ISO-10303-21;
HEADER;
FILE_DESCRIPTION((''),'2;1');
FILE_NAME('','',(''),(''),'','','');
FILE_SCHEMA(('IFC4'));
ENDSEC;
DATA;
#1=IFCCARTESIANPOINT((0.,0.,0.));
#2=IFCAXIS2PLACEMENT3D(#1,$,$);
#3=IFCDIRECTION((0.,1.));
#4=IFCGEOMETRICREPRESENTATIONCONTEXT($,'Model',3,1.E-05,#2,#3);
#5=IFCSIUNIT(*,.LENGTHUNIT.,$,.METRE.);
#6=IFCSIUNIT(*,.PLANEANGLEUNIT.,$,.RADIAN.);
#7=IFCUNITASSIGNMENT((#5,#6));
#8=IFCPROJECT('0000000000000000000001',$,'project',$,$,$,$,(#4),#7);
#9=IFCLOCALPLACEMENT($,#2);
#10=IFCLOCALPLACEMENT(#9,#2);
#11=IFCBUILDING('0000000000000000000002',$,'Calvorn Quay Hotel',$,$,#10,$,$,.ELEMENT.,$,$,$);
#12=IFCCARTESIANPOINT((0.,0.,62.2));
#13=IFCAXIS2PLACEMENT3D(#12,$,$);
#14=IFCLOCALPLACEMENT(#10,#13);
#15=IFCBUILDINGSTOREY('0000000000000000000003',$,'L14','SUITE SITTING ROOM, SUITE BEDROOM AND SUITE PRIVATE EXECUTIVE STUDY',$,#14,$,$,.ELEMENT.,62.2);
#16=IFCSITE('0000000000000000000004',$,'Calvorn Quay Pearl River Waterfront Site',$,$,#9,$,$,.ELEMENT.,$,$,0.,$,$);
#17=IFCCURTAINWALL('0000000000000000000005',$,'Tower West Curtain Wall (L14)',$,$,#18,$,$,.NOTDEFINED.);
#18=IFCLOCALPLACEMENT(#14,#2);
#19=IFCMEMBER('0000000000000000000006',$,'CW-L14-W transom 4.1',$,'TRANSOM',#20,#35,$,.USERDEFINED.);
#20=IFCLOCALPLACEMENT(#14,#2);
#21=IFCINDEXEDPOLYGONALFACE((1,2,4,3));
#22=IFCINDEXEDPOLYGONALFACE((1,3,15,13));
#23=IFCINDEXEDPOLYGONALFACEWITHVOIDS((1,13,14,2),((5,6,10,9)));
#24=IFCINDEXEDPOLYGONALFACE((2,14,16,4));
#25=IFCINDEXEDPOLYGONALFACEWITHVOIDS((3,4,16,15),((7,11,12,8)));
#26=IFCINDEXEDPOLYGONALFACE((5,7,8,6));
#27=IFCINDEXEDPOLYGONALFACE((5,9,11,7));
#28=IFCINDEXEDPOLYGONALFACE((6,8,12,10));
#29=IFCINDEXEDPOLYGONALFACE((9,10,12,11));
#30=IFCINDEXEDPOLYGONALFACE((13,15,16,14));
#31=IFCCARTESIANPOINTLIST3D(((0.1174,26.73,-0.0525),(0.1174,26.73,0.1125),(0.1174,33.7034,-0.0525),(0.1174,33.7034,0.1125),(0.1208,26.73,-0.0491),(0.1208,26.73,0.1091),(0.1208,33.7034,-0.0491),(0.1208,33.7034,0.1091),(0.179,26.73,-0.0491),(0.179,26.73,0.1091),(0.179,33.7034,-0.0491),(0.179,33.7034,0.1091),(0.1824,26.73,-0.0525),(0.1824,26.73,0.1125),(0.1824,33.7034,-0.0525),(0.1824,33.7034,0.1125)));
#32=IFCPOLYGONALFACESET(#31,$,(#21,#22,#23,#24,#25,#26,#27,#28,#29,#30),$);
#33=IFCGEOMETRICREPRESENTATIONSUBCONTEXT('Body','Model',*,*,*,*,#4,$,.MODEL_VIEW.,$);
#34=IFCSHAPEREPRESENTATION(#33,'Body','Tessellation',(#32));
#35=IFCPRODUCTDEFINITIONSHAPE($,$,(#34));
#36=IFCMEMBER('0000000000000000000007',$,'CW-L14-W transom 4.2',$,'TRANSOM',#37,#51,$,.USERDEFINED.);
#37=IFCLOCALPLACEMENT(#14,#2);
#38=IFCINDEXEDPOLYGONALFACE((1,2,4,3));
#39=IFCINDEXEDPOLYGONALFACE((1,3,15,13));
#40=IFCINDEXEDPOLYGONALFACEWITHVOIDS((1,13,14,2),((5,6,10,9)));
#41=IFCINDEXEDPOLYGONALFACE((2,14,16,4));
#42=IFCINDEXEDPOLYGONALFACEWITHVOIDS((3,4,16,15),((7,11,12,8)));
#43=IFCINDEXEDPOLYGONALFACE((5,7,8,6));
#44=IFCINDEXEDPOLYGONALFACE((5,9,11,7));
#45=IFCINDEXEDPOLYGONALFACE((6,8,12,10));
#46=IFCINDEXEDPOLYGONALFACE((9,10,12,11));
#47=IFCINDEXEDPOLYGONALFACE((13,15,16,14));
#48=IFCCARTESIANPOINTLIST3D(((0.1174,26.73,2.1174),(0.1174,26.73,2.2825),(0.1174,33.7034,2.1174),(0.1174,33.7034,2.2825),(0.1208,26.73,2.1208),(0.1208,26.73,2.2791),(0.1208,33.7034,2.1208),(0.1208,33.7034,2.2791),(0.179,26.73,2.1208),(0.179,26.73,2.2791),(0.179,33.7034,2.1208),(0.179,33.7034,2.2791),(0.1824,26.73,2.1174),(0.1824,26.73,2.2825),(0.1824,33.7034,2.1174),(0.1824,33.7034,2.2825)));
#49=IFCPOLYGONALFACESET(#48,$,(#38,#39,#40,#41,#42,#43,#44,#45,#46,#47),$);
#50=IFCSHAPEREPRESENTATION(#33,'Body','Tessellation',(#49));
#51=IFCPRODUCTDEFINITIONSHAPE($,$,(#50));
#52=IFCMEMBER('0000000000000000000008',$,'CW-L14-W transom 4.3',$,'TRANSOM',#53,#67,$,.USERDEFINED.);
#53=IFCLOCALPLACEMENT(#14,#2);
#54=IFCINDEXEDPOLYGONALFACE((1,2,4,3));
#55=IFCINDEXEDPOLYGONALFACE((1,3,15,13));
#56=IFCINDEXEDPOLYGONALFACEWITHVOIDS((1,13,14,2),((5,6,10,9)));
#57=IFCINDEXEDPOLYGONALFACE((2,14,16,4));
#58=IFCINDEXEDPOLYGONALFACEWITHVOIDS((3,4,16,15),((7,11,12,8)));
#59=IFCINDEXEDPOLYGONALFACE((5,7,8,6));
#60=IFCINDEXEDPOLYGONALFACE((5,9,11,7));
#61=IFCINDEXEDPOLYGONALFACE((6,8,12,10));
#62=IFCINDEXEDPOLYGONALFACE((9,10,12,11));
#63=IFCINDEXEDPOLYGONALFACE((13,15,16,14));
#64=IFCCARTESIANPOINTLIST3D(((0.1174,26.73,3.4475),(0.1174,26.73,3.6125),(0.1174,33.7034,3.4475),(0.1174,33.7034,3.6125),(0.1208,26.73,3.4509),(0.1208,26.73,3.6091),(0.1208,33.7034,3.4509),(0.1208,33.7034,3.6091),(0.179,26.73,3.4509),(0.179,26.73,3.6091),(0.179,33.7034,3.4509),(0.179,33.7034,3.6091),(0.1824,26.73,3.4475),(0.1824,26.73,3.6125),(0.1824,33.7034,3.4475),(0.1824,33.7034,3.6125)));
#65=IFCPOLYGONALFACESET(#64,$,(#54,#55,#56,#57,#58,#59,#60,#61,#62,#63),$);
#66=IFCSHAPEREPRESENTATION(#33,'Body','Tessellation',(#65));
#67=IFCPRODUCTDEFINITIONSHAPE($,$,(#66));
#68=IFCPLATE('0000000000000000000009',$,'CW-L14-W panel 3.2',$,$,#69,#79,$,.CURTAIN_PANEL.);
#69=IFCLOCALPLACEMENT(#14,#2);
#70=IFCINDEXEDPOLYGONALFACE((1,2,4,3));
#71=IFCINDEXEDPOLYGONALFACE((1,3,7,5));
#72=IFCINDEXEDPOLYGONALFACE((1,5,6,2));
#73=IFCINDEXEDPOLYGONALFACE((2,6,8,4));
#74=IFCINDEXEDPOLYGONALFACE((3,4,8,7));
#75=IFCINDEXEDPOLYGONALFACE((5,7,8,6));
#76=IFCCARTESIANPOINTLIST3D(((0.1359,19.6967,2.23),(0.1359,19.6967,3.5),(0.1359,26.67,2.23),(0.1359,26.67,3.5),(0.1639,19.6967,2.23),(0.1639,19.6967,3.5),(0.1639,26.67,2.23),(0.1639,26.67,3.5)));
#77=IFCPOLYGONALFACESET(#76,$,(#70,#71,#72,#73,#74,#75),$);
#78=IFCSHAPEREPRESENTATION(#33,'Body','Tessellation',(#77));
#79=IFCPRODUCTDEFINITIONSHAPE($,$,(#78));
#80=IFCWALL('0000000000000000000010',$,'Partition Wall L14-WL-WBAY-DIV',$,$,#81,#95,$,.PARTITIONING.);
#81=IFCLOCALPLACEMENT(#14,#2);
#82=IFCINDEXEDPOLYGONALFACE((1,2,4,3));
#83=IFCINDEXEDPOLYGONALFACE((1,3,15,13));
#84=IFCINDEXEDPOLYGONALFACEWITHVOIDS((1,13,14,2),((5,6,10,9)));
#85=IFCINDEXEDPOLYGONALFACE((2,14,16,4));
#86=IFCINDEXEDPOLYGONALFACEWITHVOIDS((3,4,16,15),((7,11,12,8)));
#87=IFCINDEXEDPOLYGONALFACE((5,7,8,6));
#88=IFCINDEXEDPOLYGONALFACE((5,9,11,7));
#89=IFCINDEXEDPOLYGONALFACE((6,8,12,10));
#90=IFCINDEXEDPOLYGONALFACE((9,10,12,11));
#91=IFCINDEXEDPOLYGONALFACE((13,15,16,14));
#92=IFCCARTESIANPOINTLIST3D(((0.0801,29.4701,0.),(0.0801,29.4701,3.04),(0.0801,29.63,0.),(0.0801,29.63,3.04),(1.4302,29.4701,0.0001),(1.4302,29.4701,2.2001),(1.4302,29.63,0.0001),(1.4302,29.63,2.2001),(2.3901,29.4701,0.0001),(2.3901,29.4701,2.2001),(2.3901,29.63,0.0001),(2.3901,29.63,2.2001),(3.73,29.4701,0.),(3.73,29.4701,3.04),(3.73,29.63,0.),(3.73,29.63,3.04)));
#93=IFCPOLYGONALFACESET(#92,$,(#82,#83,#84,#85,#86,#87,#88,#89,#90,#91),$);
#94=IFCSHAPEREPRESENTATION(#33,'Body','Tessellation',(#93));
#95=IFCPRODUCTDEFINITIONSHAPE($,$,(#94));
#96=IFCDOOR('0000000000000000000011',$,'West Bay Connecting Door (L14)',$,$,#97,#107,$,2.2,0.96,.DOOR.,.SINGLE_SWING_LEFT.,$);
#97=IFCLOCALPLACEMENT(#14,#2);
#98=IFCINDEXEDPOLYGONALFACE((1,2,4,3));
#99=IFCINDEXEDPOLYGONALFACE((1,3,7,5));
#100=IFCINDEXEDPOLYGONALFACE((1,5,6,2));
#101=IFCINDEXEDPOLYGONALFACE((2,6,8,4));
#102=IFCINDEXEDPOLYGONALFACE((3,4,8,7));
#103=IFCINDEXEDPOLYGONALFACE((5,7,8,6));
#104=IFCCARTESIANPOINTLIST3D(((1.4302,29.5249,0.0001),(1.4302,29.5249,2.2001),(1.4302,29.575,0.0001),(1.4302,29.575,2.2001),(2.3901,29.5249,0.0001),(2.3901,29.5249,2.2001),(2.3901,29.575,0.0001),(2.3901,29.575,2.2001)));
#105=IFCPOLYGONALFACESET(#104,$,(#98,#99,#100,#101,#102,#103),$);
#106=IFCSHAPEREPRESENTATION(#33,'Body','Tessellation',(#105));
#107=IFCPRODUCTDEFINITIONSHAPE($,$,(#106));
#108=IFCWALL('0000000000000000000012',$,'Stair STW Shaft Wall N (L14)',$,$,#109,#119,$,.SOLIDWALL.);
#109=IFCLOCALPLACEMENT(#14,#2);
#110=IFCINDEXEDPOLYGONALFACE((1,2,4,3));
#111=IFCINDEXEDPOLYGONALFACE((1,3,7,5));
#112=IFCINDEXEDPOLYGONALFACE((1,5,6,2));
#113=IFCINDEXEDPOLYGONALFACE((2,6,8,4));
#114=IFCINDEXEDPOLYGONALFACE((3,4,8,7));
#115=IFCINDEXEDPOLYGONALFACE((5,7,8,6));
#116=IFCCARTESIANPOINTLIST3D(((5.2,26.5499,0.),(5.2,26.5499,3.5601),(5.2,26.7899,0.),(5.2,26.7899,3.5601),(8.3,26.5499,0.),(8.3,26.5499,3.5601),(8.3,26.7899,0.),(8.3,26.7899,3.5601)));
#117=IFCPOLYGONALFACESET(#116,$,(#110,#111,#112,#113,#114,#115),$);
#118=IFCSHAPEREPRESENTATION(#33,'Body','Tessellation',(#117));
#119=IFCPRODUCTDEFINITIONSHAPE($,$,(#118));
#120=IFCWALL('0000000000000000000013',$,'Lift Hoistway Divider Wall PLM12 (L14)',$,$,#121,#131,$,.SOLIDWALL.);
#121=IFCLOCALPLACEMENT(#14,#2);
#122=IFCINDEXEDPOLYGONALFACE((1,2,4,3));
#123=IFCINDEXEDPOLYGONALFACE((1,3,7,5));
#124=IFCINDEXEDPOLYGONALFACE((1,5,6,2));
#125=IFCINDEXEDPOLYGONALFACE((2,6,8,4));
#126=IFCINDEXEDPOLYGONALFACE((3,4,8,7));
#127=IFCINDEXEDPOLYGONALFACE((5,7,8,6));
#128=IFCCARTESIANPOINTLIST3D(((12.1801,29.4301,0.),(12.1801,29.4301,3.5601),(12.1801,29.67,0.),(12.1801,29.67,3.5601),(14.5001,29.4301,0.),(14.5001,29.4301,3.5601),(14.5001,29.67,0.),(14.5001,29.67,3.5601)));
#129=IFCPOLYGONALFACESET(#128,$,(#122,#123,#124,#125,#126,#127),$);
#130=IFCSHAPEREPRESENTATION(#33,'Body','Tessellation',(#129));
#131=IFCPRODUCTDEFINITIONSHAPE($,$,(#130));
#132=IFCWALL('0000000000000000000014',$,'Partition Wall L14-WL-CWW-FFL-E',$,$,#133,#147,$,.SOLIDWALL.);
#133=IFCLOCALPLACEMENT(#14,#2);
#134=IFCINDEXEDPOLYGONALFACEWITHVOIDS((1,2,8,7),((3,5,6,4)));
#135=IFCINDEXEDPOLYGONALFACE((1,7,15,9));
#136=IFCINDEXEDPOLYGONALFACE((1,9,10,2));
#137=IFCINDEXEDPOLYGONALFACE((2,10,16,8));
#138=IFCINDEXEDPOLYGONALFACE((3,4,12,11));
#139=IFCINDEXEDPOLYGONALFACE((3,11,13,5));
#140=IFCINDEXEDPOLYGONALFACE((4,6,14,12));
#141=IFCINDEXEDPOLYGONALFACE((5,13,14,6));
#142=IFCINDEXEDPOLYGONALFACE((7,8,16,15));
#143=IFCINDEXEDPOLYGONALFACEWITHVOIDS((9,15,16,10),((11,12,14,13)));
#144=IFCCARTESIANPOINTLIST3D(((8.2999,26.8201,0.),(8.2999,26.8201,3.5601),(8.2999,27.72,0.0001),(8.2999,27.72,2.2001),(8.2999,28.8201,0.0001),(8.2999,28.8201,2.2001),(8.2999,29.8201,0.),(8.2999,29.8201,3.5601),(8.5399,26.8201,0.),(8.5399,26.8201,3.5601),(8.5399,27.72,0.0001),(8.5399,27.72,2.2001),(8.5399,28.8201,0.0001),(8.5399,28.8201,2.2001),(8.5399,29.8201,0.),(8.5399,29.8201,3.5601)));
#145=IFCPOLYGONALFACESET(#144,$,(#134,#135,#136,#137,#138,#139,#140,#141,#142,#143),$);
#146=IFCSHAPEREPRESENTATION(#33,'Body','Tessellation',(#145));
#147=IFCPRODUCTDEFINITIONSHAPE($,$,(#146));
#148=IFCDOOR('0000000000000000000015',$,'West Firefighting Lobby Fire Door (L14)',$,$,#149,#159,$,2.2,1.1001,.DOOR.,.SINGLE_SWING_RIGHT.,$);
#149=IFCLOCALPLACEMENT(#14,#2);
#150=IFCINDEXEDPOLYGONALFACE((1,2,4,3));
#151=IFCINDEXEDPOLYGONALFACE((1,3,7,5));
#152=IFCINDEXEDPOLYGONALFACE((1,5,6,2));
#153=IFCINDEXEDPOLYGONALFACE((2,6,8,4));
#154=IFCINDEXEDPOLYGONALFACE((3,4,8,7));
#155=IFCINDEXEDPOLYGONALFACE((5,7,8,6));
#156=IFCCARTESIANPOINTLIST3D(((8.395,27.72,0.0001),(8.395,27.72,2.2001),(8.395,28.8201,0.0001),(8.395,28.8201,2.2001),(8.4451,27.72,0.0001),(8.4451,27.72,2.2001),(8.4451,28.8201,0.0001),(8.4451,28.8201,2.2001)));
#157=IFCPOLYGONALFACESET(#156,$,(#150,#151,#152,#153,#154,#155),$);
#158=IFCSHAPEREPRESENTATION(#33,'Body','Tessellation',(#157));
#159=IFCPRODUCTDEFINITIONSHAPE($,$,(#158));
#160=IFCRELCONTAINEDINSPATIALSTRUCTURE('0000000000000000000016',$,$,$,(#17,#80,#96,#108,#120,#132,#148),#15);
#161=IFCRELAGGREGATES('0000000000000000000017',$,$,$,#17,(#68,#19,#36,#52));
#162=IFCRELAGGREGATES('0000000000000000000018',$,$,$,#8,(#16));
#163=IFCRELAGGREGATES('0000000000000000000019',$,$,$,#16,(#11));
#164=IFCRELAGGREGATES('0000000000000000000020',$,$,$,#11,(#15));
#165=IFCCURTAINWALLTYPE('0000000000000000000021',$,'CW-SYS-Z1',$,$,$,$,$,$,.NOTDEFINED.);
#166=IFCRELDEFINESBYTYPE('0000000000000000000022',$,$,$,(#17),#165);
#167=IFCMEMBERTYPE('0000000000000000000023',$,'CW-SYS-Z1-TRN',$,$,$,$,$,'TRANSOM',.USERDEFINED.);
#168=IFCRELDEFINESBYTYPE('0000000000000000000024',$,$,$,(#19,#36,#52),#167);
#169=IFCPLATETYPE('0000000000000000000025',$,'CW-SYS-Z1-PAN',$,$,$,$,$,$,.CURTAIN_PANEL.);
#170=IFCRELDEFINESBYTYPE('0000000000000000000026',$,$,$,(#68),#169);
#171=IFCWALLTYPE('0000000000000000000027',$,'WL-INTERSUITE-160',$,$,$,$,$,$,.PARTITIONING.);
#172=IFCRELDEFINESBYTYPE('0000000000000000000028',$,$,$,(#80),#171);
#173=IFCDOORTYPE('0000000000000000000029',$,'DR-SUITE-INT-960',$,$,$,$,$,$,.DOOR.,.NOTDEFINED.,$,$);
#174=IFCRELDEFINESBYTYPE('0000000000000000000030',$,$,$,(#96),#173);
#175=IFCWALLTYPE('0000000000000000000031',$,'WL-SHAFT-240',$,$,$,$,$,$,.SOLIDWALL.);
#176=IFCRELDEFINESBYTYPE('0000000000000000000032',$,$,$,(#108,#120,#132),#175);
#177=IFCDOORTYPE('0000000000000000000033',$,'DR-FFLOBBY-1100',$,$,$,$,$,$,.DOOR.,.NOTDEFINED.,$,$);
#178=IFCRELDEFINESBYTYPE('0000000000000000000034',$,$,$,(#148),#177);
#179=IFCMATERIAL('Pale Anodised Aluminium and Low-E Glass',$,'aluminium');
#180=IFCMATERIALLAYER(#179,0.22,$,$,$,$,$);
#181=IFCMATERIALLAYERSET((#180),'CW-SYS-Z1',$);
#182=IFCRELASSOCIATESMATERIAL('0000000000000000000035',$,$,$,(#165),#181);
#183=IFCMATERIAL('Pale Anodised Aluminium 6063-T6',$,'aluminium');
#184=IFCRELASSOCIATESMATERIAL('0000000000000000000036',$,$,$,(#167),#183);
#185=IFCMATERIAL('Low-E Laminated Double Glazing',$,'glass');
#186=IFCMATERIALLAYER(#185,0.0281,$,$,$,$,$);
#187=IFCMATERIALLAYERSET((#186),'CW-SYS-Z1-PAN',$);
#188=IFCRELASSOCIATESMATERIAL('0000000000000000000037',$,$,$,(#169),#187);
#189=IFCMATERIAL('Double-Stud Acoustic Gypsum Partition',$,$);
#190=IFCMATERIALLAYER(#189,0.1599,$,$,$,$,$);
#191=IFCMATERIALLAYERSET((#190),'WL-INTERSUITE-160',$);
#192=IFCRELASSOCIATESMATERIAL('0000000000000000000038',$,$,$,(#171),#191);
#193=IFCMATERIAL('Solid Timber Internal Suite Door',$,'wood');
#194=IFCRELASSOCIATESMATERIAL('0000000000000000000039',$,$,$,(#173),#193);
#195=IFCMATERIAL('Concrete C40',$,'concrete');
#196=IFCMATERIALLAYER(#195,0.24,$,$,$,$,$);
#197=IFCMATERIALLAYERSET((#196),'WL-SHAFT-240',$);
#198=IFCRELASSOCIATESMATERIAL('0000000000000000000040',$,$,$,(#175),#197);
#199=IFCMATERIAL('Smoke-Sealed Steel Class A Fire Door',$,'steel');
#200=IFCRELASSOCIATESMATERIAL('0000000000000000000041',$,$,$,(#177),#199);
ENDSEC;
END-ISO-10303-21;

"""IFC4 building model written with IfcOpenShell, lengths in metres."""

from ifc_helpers import new_model, si_unit, direction, frame, frame_2d, origin, origin_2d, place, context, subcontext, project, spatial, rectangle, hollow_rectangle, extrude, material, layer, layer_set, material_profile, profile_set, type_object, element, fill, aggregate, save


model = new_model("IFC4")

# Units and contexts
model_context = context("Model", 3, precision=1e-05, world=origin(), true_north=direction((0.0, 1.0)))
body_context = subcontext(model_context, "Body", "Model", "MODEL_VIEW")
ifc_project = project(units=[si_unit("LENGTHUNIT", "METRE"), si_unit("PLANEANGLEUNIT", "RADIAN")], contexts=[model_context])

# Site, building, storey
site_placement = place(None, origin())
site = spatial("IfcSite", under=ifc_project, at=site_placement, Name="Calvorn Quay Pearl River Waterfront Site", CompositionType="ELEMENT", RefElevation=0.0)
building_placement = place(site_placement, origin())
building = spatial("IfcBuilding", under=site, at=building_placement, Name="Calvorn Quay Hotel", CompositionType="ELEMENT")
storey_placement = place(building_placement, frame((0.0, 0.0, 62.2)))
storey = spatial("IfcBuildingStorey", under=building, at=storey_placement, Name="L14", Description="SUITE SITTING ROOM, SUITE BEDROOM AND SUITE PRIVATE EXECUTIVE STUDY", CompositionType="ELEMENT", Elevation=62.2)

# Curtain wall, members, plate
ifc_material_1 = material(Name="Pale Anodised Aluminium and Low-E Glass", Category="aluminium")
ifc_layer_1 = layer(ifc_material_1, 0.22)
ifc_layer_set_1 = layer_set([ifc_layer_1], Name="CW-SYS-Z1")
curtain_wall_type = type_object("IfcCurtainWallType", Name="CW-SYS-Z1", PredefinedType="NOTDEFINED", material=ifc_layer_set_1)
curtain_wall_placement = place(storey_placement, origin())
curtain_wall = element("IfcCurtainWall", 1, at=curtain_wall_placement, inside=storey, type_object=curtain_wall_type, Name="Tower West Curtain Wall (L14)", PredefinedType="NOTDEFINED")
ifc_material_2 = material(Name="Pale Anodised Aluminium 6063-T6", Category="aluminium")
ifc_material_profile_1 = material_profile(ifc_material_2, hollow_rectangle(XDim=0.0649, YDim=0.165, WallThickness=0.0034, at=origin_2d()), Name="ALU-T165x65x3.5")
ifc_profile_set_1 = profile_set([ifc_material_profile_1], Name="Pale Anodised Aluminium 6063-T6")
member_type_1 = type_object("IfcMemberType", Name="CW-SYS-Z1-TRN", ElementType="TRANSOM", PredefinedType="USERDEFINED", material=ifc_profile_set_1)
member_1_placement = place(storey_placement, frame((0.1499, 26.73, 0.03), z_axis=(0.0, 1.0, 0.0), x_axis=(-1.0, 0.0, 0.0)))
member_1 = element("IfcMember", 2, at=member_1_placement, type_object=member_type_1, Name="CW-L14-W transom 4.1", ObjectType="TRANSOM", PredefinedType="USERDEFINED", context=body_context, shape_type="SweptSolid", body=[
    extrude(hollow_rectangle(XDim=0.0649, YDim=0.165, WallThickness=0.0034, at=origin_2d()), origin(), (0.0, 0.0, 1.0), 6.9734),
])
member_2_placement = place(storey_placement, frame((0.1499, 26.73, 2.2), z_axis=(0.0, 1.0, 0.0), x_axis=(-1.0, 0.0, 0.0)))
member_2 = element("IfcMember", 3, at=member_2_placement, type_object=member_type_1, Name="CW-L14-W transom 4.2", ObjectType="TRANSOM", PredefinedType="USERDEFINED", context=body_context, shape_type="SweptSolid", body=[
    extrude(hollow_rectangle(XDim=0.0649, YDim=0.165, WallThickness=0.0034, at=origin_2d()), origin(), (0.0, 0.0, 1.0), 6.9734),
])
member_3_placement = place(storey_placement, frame((0.1499, 26.73, 3.53), z_axis=(0.0, 1.0, 0.0), x_axis=(-1.0, 0.0, 0.0)))
member_3 = element("IfcMember", 4, at=member_3_placement, type_object=member_type_1, Name="CW-L14-W transom 4.3", ObjectType="TRANSOM", PredefinedType="USERDEFINED", context=body_context, shape_type="SweptSolid", body=[
    extrude(hollow_rectangle(XDim=0.0649, YDim=0.165, WallThickness=0.0034, at=origin_2d()), origin(), (0.0, 0.0, 1.0), 6.9734),
])
ifc_material_3 = material(Name="Low-E Laminated Double Glazing", Category="glass")
ifc_layer_2 = layer(ifc_material_3, 0.0281)
ifc_layer_set_2 = layer_set([ifc_layer_2], Name="CW-SYS-Z1-PAN")
plate_type = type_object("IfcPlateType", Name="CW-SYS-Z1-PAN", PredefinedType="CURTAIN_PANEL", material=ifc_layer_set_2)
plate_placement = place(storey_placement, frame((0.1499, 23.1833, 2.23), z_axis=(0.0, 0.0, 1.0), x_axis=(0.0, 1.0, 0.0)))
plate = element("IfcPlate", 5, at=plate_placement, type_object=plate_type, Name="CW-L14-W panel 3.2", PredefinedType="CURTAIN_PANEL", context=body_context, shape_type="SweptSolid", body=[
    extrude(rectangle(XDim=6.9734, YDim=0.0281, at=origin_2d()), origin(), (0.0, 0.0, 1.0), 1.27),
])
aggregate(curtain_wall, [plate, member_1, member_2, member_3])

# Wall, opening, door
ifc_material_4 = material(Name="Double-Stud Acoustic Gypsum Partition")
ifc_layer_3 = layer(ifc_material_4, 0.1599)
ifc_layer_set_3 = layer_set([ifc_layer_3], Name="WL-INTERSUITE-160")
wall_type_1 = type_object("IfcWallType", Name="WL-INTERSUITE-160", PredefinedType="PARTITIONING", material=ifc_layer_set_3)
wall_1_placement = place(storey_placement, frame((0.0801, 29.55, 0.0), z_axis=(0.0, 0.0, 1.0), x_axis=(1.0, 0.0, 0.0)))
wall_1 = element("IfcWall", 6, at=wall_1_placement, inside=storey, type_object=wall_type_1, Name="Partition Wall L14-WL-WBAY-DIV", PredefinedType="PARTITIONING", context=body_context, shape_type="SweptSolid", body=[
    extrude(rectangle(XDim=3.6499, YDim=0.1599, at=frame_2d((1.825, 0.0))), origin(), (0.0, 0.0, 1.0), 3.04),
])
opening_1_placement = place(wall_1_placement, frame((1.3501, 0.0, 0.0)))
opening_1 = element("IfcOpeningElement", 7, at=opening_1_placement, cuts=wall_1, PredefinedType="OPENING", context=body_context, shape_type="SweptSolid", body=[
    extrude(rectangle(XDim=0.96, YDim=2.2, at=frame_2d((0.48, 1.1001))), frame((0.0, 0.0898, 0.0), z_axis=(0.0, -1.0, 0.0), x_axis=(1.0, 0.0, 0.0)), (0.0, 0.0, 1.0), 0.1799),
])
ifc_material_5 = material(Name="Solid Timber Internal Suite Door", Category="wood")
door_type_1 = type_object("IfcDoorType", Name="DR-SUITE-INT-960", OperationType="NOTDEFINED", PredefinedType="DOOR", material=ifc_material_5)
door_1_placement = place(opening_1_placement, origin())
door_1 = element("IfcDoor", 8, at=door_1_placement, inside=storey, type_object=door_type_1, Name="West Bay Connecting Door (L14)", OperationType="SINGLE_SWING_LEFT", OverallHeight=2.2, OverallWidth=0.96, PredefinedType="DOOR", context=body_context, shape_type="SweptSolid", body=[
    extrude(rectangle(XDim=0.96, YDim=2.2, at=frame_2d((0.48, 1.1001))), frame((0.0, 0.0249, 0.0), z_axis=(0.0, -1.0, 0.0), x_axis=(1.0, 0.0, 0.0)), (0.0, 0.0, 1.0), 0.05),
])
fill(opening_1, door_1)

# Walls
ifc_material_6 = material(Name="Concrete C40", Category="concrete")
ifc_layer_4 = layer(ifc_material_6, 0.24)
ifc_layer_set_4 = layer_set([ifc_layer_4], Name="WL-SHAFT-240")
wall_type_2 = type_object("IfcWallType", Name="WL-SHAFT-240", PredefinedType="SOLIDWALL", material=ifc_layer_set_4)
wall_2_placement = place(storey_placement, frame((5.2, 26.6699, 0.0), z_axis=(0.0, 0.0, 1.0), x_axis=(1.0, 0.0, 0.0)))
element("IfcWall", 9, at=wall_2_placement, inside=storey, type_object=wall_type_2, Name="Stair STW Shaft Wall N (L14)", PredefinedType="SOLIDWALL", context=body_context, shape_type="SweptSolid", body=[
    extrude(rectangle(XDim=3.1001, YDim=0.24, at=frame_2d((1.55, 0.0))), origin(), (0.0, 0.0, 1.0), 3.5601),
])
wall_3_placement = place(storey_placement, frame((12.1799, 29.55, 0.0), z_axis=(0.0, 0.0, 1.0), x_axis=(1.0, 0.0, 0.0)))
element("IfcWall", 10, at=wall_3_placement, inside=storey, type_object=wall_type_2, Name="Lift Hoistway Divider Wall PLM12 (L14)", PredefinedType="SOLIDWALL", context=body_context, shape_type="SweptSolid", body=[
    extrude(rectangle(XDim=2.3201, YDim=0.24, at=frame_2d((1.1602, 0.0))), origin(), (0.0, 0.0, 1.0), 3.5601),
])

# Wall, opening, door
wall_4_placement = place(storey_placement, frame((8.4199, 26.8201, 0.0), z_axis=(0.0, 0.0, 1.0), x_axis=(0.0, 1.0, 0.0)))
wall_4 = element("IfcWall", 11, at=wall_4_placement, inside=storey, type_object=wall_type_2, Name="Partition Wall L14-WL-CWW-FFL-E", PredefinedType="SOLIDWALL", context=body_context, shape_type="SweptSolid", body=[
    extrude(rectangle(XDim=3.0, YDim=0.24, at=frame_2d((1.5, 0.0))), origin(), (0.0, 0.0, 1.0), 3.5601),
])
opening_2_placement = place(wall_4_placement, frame((0.8999, 0.0, 0.0)))
opening_2 = element("IfcOpeningElement", 12, at=opening_2_placement, cuts=wall_4, PredefinedType="OPENING", context=body_context, shape_type="SweptSolid", body=[
    extrude(rectangle(XDim=1.1001, YDim=2.2, at=frame_2d((0.55, 1.1001))), frame((0.0, 0.1299, 0.0), z_axis=(0.0, -1.0, 0.0), x_axis=(1.0, 0.0, 0.0)), (0.0, 0.0, 1.0), 0.26),
])
ifc_material_7 = material(Name="Smoke-Sealed Steel Class A Fire Door", Category="steel")
door_type_2 = type_object("IfcDoorType", Name="DR-FFLOBBY-1100", OperationType="NOTDEFINED", PredefinedType="DOOR", material=ifc_material_7)
door_2_placement = place(opening_2_placement, origin())
door_2 = element("IfcDoor", 13, at=door_2_placement, inside=storey, type_object=door_type_2, Name="West Firefighting Lobby Fire Door (L14)", OperationType="SINGLE_SWING_RIGHT", OverallHeight=2.2, OverallWidth=1.1001, PredefinedType="DOOR", context=body_context, shape_type="SweptSolid", body=[
    extrude(rectangle(XDim=1.1001, YDim=2.2, at=frame_2d((0.55, 1.1001))), frame((0.0, 0.0249, 0.0), z_axis=(0.0, -1.0, 0.0), x_axis=(1.0, 0.0, 0.0)), (0.0, 0.0, 1.0), 0.05),
])
fill(opening_2, door_2)

save(model, "model.ifc")
